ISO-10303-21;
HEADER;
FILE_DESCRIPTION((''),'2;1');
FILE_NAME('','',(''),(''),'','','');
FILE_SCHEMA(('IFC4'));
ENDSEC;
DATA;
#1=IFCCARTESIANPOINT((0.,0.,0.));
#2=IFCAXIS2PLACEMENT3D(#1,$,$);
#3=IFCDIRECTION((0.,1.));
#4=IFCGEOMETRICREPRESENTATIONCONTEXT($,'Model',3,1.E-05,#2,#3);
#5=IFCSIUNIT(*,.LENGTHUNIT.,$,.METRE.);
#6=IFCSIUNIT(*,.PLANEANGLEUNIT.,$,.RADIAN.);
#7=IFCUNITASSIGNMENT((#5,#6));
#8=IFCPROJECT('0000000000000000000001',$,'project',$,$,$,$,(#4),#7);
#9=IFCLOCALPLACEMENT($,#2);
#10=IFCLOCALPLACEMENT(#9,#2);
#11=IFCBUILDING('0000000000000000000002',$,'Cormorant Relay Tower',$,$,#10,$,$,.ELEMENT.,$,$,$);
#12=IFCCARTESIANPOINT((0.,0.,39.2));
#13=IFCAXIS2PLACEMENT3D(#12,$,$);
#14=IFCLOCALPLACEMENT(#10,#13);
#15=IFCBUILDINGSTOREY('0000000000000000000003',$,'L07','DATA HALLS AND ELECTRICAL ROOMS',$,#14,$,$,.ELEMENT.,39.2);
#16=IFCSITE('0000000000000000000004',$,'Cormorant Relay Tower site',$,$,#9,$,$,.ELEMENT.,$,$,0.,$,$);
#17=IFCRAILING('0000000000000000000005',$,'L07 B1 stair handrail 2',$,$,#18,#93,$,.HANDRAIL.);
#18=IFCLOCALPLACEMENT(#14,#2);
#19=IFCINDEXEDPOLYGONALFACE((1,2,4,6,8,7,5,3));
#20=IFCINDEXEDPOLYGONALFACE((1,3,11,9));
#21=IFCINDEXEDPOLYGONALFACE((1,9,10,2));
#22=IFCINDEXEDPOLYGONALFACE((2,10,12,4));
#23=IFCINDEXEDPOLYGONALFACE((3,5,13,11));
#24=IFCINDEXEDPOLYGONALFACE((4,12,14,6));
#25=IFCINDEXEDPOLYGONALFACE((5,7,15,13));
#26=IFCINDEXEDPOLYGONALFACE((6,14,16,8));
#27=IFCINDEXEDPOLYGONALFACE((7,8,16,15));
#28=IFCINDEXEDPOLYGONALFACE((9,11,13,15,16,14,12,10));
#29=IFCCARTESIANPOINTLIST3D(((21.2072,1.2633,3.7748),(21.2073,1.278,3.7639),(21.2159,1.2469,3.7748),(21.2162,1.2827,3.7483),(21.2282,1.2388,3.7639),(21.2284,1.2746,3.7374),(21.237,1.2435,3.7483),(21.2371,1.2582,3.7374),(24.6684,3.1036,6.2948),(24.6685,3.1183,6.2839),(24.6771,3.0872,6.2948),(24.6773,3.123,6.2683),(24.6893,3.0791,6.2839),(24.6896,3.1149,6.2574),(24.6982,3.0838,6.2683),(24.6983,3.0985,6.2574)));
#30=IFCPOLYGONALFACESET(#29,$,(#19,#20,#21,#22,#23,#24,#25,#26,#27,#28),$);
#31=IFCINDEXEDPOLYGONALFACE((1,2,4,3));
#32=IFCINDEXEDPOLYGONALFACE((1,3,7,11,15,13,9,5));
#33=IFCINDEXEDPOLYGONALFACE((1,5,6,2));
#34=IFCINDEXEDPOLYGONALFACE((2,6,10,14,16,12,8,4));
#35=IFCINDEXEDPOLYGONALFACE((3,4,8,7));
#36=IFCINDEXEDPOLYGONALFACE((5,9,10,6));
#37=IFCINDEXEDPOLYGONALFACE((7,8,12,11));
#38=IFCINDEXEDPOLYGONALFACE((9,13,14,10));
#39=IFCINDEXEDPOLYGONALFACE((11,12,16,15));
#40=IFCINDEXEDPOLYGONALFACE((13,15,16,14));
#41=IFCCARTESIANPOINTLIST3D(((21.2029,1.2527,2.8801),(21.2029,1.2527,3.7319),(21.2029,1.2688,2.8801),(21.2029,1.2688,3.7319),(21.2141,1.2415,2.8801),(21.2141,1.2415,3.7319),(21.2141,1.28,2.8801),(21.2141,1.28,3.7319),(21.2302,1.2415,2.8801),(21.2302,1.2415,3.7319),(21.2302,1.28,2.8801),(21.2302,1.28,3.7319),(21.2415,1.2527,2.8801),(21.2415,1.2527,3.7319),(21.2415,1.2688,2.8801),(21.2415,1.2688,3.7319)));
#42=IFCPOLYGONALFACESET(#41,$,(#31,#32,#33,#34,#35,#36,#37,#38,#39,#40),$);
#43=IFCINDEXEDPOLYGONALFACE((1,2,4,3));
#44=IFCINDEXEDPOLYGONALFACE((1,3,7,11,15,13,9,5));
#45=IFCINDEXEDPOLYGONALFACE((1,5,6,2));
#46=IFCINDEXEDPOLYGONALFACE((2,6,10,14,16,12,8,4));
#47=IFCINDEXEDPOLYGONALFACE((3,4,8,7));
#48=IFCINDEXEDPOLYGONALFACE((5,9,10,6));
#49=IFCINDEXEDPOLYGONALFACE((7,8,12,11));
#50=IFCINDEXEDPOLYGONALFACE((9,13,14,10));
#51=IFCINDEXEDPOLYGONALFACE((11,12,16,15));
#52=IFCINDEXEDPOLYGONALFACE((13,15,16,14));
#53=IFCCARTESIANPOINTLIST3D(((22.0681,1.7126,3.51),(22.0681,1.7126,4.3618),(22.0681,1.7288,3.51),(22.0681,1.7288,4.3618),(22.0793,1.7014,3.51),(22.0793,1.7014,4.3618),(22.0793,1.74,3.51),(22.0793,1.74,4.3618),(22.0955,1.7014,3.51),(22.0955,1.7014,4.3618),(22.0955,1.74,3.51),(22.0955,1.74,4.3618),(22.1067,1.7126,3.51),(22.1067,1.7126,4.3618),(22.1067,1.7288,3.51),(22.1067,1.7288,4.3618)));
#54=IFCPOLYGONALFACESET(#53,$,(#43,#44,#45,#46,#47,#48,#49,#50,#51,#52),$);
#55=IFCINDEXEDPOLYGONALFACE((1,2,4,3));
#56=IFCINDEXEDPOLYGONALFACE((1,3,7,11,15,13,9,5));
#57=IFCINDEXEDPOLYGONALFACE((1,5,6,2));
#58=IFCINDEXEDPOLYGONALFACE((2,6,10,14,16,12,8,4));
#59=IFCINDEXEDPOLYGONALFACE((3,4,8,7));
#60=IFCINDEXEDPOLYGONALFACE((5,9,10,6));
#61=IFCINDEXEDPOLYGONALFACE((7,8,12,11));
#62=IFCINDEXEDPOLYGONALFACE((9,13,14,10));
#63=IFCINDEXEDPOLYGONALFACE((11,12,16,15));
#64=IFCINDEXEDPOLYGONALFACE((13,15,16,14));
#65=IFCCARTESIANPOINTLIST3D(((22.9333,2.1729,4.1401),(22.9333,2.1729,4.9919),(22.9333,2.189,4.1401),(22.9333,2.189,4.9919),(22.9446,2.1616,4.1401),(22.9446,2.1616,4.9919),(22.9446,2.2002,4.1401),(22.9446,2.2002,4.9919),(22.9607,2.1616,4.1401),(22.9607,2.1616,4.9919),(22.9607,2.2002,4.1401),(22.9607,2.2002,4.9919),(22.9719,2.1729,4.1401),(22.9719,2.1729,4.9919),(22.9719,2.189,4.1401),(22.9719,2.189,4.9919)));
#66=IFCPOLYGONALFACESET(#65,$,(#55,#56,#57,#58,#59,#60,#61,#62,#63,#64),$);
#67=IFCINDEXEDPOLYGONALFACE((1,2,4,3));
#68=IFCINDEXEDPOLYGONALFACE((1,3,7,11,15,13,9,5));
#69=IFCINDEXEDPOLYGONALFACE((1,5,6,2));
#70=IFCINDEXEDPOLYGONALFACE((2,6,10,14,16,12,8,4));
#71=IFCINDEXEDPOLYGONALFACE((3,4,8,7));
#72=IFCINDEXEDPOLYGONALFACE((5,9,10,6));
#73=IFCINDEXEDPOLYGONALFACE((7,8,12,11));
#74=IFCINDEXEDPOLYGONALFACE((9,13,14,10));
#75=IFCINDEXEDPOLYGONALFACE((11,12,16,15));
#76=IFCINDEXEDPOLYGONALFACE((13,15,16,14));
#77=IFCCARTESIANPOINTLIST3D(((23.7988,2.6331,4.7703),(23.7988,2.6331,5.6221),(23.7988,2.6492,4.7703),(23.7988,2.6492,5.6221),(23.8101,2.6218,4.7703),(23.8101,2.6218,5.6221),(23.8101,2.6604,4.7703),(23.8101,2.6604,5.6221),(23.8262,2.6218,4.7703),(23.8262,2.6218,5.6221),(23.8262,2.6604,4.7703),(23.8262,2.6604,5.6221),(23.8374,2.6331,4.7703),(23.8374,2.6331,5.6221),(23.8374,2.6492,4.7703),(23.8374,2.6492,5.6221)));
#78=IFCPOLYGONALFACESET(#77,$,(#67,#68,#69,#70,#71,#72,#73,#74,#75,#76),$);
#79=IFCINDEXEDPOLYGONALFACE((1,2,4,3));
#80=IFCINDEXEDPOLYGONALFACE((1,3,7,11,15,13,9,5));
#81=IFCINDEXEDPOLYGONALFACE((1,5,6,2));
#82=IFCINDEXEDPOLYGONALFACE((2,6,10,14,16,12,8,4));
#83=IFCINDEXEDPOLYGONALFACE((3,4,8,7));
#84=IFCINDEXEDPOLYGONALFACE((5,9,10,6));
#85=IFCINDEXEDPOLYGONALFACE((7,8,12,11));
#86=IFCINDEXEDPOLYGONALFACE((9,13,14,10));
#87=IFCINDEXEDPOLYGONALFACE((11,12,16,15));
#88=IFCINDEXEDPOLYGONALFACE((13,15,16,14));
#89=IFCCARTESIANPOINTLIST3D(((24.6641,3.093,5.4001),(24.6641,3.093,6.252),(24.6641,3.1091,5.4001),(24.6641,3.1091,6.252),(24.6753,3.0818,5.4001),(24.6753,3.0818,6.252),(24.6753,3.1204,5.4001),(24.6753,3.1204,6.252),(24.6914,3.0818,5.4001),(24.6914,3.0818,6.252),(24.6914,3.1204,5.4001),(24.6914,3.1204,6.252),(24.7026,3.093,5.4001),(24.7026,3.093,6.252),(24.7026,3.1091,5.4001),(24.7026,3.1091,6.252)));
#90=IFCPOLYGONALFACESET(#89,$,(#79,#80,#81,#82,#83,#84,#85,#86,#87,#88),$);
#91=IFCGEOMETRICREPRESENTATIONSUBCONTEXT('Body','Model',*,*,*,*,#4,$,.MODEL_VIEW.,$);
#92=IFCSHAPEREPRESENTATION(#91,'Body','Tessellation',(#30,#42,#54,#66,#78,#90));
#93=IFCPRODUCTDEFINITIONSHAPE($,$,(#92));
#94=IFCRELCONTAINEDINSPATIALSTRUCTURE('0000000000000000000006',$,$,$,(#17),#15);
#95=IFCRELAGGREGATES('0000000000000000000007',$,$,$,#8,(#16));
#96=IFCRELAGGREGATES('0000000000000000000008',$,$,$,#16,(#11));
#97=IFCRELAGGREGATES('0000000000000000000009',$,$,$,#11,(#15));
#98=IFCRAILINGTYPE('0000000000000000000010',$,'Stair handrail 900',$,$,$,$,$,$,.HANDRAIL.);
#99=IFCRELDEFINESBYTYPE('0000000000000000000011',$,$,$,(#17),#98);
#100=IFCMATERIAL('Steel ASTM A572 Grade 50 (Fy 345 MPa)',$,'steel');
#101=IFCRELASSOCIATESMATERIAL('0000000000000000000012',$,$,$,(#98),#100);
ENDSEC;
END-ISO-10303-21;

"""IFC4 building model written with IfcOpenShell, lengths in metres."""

from ifc_helpers import new_model, si_unit, direction, frame, origin, place, context, subcontext, project, spatial, polyline, outline, extrude, material, type_object, element, save


model = new_model("IFC4")

# Units and contexts
model_context = context("Model", 3, precision=1e-05, world=origin(), true_north=direction((0.0, 1.0)))
body_context = subcontext(model_context, "Body", "Model", "MODEL_VIEW")
ifc_project = project(units=[si_unit("LENGTHUNIT", "METRE"), si_unit("PLANEANGLEUNIT", "RADIAN")], contexts=[model_context])

# Site, building, storey
site_placement = place(None, origin())
site = spatial("IfcSite", under=ifc_project, at=site_placement, Name="Cormorant Relay Tower site", CompositionType="ELEMENT", RefElevation=0.0)
building_placement = place(site_placement, origin())
building = spatial("IfcBuilding", under=site, at=building_placement, Name="Cormorant Relay Tower", CompositionType="ELEMENT")
storey_placement = place(building_placement, frame((0.0, 0.0, 39.2)))
storey = spatial("IfcBuildingStorey", under=building, at=storey_placement, Name="L07", Description="DATA HALLS AND ELECTRICAL ROOMS", CompositionType="ELEMENT", Elevation=39.2)

# Railing
ifc_material_1 = material(Name="Steel ASTM A572 Grade 50 (Fy 345 MPa)", Category="steel")
railing_type_1 = type_object("IfcRailingType", Name="Stair handrail 900", PredefinedType="HANDRAIL", material=ifc_material_1)
railing_1_placement = place(storey_placement, frame((21.2222, 1.2607, 2.8801)))
element("IfcRailing", 1, at=railing_1_placement, inside=storey, type_object=railing_type_1, Name="L07 B1 stair handrail 2", PredefinedType="HANDRAIL", context=body_context, shape_type="SweptSolid", body=[
    extrude(outline(polyline([(0.0222, 0.0093), (0.0093, 0.0222), (-0.0093, 0.0222), (-0.0222, 0.0093), (-0.0222, -0.0093), (-0.0093, -0.0222), (0.0093, -0.0222), (0.0222, -0.0093), (0.0222, 0.0093)])), frame((0.0, 0.0, 0.876), z_axis=(0.742717, 0.394907, 0.540758), x_axis=(-0.469469, 0.882949, 0.0)), (0.0, 0.0, 1.0), 4.6602),
    extrude(outline(polyline([(0.0193, 0.0081), (0.0081, 0.0193), (-0.0081, 0.0193), (-0.0193, 0.0081), (-0.0193, -0.0081), (-0.0081, -0.0193), (0.0081, -0.0193), (0.0193, -0.0081), (0.0193, 0.0081)])), origin(), (0.0, 0.0, 1.0), 0.8518),
    extrude(outline(polyline([(0.0193, 0.0081), (0.0081, 0.0193), (-0.0081, 0.0193), (-0.0193, 0.0081), (-0.0193, -0.0081), (-0.0081, -0.0193), (0.0081, -0.0193), (0.0193, -0.0081), (0.0193, 0.0081)])), frame((0.8652, 0.46, 0.6299)), (0.0, 0.0, 1.0), 0.8518),
    extrude(outline(polyline([(0.0193, 0.0081), (0.0081, 0.0193), (-0.0081, 0.0193), (-0.0193, 0.0081), (-0.0193, -0.0081), (-0.0081, -0.0193), (0.0081, -0.0193), (0.0193, -0.0081), (0.0193, 0.0081)])), frame((1.7305, 0.9202, 1.26)), (0.0, 0.0, 1.0), 0.8518),
    extrude(outline(polyline([(0.0193, 0.0081), (0.0081, 0.0193), (-0.0081, 0.0193), (-0.0193, 0.0081), (-0.0193, -0.0081), (-0.0081, -0.0193), (0.0081, -0.0193), (0.0193, -0.0081), (0.0193, 0.0081)])), frame((2.5959, 1.3804, 1.8901)), (0.0, 0.0, 1.0), 0.8518),
    extrude(outline(polyline([(0.0193, 0.0081), (0.0081, 0.0193), (-0.0081, 0.0193), (-0.0193, 0.0081), (-0.0193, -0.0081), (-0.0081, -0.0193), (0.0081, -0.0193), (0.0193, -0.0081), (0.0193, 0.0081)])), frame((3.4612, 1.8403, 2.52)), (0.0, 0.0, 1.0), 0.8518),
])

save(model, "model.ifc")
